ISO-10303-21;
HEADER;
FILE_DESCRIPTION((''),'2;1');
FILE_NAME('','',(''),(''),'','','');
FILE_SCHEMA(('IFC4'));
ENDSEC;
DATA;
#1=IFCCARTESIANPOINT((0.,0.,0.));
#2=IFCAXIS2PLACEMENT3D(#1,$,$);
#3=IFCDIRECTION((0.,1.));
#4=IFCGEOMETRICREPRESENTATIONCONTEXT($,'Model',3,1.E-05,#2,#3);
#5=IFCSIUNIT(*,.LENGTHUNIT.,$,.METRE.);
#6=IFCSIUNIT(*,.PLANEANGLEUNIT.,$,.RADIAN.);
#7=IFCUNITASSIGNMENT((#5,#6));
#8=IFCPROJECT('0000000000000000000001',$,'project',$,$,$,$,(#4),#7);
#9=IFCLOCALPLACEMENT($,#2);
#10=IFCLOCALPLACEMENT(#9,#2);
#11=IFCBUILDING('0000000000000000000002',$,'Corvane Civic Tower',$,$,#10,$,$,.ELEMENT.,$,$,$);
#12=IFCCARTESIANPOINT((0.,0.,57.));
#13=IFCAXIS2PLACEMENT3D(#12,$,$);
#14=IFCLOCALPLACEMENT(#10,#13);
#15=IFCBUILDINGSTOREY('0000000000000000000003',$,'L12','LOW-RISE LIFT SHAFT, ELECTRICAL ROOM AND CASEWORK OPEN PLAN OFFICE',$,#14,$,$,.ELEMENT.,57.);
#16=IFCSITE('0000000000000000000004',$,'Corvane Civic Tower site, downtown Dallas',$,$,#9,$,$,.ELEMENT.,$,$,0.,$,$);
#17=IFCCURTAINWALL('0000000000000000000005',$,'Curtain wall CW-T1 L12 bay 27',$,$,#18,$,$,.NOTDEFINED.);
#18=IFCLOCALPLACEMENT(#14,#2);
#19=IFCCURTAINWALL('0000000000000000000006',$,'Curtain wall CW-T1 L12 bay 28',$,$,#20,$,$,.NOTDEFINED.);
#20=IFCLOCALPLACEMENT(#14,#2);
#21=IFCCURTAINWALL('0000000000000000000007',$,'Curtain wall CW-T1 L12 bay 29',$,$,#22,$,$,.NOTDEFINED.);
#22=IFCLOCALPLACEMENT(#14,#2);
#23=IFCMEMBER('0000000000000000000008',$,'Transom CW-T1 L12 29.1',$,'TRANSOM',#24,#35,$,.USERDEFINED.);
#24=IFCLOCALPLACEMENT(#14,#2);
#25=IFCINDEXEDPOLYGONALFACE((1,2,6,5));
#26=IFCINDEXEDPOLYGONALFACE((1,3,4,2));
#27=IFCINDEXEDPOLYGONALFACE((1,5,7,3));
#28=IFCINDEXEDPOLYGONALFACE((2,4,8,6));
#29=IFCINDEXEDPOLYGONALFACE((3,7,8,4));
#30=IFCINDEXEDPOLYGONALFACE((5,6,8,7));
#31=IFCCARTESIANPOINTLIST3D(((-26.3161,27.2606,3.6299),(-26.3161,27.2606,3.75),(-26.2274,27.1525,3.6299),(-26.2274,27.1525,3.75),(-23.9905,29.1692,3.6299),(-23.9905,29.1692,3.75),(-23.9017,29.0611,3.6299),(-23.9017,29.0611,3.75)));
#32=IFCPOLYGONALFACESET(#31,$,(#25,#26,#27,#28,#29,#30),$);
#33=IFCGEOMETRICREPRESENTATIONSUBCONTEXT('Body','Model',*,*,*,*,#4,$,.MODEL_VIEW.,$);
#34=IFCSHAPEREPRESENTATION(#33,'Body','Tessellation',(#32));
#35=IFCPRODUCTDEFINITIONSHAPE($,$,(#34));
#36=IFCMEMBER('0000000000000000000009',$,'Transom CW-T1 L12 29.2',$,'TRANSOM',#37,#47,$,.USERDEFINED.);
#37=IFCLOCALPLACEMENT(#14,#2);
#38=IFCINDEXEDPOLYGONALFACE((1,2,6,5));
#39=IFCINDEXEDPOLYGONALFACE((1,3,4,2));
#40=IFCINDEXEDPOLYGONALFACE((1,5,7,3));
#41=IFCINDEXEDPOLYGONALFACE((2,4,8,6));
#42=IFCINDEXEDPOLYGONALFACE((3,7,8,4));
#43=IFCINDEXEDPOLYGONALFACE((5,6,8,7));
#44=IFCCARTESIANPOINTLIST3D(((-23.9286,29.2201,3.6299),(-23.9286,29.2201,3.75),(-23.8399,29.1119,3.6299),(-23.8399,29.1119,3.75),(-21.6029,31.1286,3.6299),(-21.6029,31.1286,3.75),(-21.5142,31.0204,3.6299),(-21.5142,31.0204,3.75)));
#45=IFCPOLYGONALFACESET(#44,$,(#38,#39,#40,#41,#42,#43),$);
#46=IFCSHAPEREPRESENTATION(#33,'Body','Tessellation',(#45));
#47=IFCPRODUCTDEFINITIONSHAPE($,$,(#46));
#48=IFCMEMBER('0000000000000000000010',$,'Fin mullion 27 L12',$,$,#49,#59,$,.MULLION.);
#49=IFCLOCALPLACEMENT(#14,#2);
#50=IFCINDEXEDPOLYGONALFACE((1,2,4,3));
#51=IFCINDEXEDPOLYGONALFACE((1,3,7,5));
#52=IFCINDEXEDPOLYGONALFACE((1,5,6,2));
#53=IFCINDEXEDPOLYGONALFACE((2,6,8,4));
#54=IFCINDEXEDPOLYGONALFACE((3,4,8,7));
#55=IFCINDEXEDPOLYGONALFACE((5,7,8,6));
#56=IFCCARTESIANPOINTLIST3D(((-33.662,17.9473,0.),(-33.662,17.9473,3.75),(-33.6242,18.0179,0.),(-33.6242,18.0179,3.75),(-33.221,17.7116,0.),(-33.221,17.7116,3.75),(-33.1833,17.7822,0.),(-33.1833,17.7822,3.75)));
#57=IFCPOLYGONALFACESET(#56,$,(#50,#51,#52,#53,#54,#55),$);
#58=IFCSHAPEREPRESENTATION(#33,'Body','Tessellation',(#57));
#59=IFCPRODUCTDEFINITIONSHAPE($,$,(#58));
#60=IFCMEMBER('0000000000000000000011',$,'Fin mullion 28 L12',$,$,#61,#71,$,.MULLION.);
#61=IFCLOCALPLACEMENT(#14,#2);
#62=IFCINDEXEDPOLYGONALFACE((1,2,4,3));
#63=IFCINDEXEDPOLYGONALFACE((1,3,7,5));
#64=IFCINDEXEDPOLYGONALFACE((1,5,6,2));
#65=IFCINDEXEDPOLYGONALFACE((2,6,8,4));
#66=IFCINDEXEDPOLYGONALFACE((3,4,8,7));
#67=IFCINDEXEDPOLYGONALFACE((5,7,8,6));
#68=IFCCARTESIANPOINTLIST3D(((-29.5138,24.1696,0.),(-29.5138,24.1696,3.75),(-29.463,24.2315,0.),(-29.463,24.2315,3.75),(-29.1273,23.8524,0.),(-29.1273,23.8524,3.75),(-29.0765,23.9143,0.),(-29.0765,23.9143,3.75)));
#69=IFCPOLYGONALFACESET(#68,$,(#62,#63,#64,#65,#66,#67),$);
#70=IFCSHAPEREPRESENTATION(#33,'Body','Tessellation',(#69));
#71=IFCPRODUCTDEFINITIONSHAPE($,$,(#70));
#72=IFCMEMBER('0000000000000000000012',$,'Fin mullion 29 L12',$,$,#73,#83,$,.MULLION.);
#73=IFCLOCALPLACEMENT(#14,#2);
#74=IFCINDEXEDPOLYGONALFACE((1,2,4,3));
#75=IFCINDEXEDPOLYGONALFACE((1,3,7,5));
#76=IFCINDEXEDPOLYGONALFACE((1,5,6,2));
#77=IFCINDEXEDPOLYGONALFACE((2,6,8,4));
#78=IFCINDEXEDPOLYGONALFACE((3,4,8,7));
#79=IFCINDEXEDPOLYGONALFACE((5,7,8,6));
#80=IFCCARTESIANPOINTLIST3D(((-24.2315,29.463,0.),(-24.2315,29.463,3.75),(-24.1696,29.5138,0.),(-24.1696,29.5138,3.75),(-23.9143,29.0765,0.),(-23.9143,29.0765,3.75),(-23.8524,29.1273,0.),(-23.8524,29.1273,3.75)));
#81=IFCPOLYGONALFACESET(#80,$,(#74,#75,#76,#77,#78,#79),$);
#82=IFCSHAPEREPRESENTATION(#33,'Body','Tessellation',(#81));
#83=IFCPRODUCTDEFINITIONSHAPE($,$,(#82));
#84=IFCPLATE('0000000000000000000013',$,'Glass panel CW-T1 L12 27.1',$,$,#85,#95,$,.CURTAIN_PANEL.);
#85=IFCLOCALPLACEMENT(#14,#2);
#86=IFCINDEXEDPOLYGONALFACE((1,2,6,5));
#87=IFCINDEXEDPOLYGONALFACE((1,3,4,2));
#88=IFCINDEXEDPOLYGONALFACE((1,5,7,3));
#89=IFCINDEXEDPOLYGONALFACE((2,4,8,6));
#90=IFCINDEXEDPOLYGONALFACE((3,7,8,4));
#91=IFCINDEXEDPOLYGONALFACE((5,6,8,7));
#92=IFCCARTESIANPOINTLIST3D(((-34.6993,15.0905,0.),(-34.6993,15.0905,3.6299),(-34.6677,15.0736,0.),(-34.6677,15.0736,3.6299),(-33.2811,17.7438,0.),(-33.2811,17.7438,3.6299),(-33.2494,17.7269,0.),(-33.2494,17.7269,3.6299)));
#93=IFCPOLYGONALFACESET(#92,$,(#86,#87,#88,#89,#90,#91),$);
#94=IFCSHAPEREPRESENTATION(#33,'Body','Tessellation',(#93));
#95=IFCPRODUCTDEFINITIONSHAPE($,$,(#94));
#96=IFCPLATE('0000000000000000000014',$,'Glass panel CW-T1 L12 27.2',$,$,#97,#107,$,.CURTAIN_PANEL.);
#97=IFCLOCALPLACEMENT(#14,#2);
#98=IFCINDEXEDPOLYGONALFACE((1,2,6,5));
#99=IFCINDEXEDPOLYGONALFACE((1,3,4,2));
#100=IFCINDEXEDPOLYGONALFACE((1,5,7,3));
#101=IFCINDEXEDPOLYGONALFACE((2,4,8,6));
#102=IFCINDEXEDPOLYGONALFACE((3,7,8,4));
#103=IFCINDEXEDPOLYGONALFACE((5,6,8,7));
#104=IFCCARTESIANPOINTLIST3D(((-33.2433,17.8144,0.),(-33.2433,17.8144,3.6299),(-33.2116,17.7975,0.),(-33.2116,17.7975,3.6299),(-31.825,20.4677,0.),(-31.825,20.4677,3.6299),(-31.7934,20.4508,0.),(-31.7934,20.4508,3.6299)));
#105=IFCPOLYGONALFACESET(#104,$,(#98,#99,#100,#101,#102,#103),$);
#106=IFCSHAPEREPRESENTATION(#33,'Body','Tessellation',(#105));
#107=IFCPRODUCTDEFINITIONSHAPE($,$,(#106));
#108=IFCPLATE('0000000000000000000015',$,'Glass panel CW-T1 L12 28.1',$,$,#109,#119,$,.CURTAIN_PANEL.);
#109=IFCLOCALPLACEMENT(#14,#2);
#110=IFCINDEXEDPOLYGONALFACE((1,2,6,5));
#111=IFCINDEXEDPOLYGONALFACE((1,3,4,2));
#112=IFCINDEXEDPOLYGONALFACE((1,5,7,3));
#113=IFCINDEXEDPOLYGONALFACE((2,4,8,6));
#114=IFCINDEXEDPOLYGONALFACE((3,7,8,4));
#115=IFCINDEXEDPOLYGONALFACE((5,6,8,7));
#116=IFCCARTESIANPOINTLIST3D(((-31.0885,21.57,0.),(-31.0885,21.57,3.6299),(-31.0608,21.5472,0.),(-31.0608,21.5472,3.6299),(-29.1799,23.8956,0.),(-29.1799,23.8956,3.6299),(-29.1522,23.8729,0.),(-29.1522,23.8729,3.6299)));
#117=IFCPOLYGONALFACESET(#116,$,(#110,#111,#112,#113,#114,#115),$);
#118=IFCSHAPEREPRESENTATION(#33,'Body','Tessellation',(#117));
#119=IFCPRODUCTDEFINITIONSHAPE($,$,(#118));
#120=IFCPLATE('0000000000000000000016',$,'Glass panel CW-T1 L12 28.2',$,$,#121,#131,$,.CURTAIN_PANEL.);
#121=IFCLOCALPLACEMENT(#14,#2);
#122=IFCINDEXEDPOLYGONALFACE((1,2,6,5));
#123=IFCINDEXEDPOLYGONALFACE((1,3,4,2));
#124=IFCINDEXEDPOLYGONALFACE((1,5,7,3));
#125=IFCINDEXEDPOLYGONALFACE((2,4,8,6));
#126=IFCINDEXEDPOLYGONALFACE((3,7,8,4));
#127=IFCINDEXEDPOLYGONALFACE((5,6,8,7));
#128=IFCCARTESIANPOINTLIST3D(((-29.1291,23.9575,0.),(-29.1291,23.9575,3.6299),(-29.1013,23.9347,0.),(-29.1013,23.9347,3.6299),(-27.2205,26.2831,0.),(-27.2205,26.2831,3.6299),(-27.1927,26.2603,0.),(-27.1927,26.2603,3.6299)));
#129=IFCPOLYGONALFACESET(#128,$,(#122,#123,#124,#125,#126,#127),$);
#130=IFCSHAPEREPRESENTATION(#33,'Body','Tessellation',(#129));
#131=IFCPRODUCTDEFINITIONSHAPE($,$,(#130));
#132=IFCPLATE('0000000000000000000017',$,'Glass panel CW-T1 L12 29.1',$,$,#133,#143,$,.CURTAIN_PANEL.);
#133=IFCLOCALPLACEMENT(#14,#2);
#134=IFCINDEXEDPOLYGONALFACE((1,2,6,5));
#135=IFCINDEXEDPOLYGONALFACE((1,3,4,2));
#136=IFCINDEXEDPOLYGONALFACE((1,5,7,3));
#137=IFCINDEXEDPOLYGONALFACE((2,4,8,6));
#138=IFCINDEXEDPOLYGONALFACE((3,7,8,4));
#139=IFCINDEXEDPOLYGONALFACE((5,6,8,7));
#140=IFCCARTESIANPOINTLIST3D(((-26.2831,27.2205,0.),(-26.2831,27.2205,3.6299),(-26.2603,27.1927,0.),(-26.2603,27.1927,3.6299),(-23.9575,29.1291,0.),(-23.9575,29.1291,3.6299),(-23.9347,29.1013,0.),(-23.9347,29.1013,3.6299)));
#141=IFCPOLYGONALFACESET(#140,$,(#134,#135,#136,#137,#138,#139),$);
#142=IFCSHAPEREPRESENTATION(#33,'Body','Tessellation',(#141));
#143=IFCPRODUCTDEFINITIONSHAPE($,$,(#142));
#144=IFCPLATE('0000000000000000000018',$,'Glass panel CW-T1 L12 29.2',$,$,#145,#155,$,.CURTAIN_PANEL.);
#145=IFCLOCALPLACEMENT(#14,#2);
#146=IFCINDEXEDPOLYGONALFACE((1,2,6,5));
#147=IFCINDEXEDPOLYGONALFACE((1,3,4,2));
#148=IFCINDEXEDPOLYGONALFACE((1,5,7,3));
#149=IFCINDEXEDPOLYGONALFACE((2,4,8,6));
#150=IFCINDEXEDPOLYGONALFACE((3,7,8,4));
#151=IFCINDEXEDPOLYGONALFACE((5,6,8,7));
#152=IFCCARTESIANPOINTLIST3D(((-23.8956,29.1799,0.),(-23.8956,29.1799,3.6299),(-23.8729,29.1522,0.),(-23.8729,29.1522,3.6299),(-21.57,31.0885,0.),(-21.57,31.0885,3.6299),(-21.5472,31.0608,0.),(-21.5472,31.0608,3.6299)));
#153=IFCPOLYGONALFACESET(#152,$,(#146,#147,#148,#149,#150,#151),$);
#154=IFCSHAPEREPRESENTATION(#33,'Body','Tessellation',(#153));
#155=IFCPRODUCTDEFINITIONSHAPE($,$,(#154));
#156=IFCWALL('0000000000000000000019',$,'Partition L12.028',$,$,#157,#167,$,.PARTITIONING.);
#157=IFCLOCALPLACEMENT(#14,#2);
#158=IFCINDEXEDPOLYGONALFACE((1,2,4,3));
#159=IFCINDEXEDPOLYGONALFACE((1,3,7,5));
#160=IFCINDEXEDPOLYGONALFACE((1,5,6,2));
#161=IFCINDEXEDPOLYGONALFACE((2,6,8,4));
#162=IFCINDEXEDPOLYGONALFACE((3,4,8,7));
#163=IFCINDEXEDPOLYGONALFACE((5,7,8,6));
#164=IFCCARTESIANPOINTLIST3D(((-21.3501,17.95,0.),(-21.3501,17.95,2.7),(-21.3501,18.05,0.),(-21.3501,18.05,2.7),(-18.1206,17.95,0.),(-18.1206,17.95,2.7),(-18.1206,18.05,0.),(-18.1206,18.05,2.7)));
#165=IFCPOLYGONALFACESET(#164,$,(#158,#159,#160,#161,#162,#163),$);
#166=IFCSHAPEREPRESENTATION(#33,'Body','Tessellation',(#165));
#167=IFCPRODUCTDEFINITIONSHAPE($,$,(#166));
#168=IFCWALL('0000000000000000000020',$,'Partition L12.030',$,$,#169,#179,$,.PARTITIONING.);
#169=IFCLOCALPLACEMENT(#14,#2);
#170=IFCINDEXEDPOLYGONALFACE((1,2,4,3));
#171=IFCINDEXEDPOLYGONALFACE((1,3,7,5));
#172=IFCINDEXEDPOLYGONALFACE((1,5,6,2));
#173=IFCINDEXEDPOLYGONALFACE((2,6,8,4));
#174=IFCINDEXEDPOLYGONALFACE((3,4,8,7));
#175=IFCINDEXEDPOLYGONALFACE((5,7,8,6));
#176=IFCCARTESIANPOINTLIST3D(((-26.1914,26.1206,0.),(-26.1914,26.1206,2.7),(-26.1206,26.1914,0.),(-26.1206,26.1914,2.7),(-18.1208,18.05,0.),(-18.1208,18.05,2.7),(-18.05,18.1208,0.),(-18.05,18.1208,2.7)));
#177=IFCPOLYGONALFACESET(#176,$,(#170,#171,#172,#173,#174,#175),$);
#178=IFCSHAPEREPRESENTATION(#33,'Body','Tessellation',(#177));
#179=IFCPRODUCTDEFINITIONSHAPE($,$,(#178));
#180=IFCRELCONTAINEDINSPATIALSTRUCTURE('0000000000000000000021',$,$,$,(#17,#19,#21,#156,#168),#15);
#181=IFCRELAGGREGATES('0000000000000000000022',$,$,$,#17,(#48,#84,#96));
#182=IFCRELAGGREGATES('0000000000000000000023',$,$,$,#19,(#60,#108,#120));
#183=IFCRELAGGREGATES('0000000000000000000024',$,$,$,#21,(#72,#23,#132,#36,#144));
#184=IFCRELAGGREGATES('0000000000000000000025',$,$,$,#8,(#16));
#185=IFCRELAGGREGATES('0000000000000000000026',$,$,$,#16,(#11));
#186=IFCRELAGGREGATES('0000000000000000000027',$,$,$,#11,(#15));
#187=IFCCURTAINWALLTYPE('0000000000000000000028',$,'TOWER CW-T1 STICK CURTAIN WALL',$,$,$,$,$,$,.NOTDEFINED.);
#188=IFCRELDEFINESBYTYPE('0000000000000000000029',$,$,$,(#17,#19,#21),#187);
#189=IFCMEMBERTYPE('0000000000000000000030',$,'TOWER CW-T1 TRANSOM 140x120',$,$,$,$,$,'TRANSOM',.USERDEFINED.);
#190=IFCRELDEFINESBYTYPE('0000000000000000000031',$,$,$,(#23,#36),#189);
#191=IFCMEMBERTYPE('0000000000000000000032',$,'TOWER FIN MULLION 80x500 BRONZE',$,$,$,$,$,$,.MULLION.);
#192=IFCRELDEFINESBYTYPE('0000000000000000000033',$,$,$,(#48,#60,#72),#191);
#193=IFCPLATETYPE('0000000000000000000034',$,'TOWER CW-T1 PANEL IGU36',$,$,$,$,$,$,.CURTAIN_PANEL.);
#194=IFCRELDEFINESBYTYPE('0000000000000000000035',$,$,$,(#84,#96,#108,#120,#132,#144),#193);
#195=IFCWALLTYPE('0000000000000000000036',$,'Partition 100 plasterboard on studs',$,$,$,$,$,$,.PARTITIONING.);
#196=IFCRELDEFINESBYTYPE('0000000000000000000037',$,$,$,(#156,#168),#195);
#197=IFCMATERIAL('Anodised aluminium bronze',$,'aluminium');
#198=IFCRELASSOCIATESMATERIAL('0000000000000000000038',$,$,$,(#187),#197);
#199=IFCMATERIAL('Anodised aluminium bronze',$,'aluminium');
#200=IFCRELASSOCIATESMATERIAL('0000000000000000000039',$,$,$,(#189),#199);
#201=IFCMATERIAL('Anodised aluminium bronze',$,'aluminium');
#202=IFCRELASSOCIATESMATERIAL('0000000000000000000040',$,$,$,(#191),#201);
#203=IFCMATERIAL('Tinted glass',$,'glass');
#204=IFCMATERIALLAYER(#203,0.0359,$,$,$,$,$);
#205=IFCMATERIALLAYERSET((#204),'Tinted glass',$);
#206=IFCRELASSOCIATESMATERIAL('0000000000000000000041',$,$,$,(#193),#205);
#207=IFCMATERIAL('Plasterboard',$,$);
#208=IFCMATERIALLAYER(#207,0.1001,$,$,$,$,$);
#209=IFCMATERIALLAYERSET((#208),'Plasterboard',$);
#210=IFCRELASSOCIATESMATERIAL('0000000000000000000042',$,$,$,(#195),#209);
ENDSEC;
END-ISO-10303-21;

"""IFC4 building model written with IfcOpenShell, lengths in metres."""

from ifc_helpers import new_model, si_unit, direction, frame, frame_2d, origin, origin_2d, place, context, subcontext, project, spatial, rectangle, extrude, material, layer, layer_set, material_profile, profile_set, type_object, element, aggregate, save


model = new_model("IFC4")

# Units and contexts
model_context = context("Model", 3, precision=1e-05, world=origin(), true_north=direction((0.0, 1.0)))
body_context = subcontext(model_context, "Body", "Model", "MODEL_VIEW")
ifc_project = project(units=[si_unit("LENGTHUNIT", "METRE"), si_unit("PLANEANGLEUNIT", "RADIAN")], contexts=[model_context])

# Site, building, storey
site_placement = place(None, origin())
site = spatial("IfcSite", under=ifc_project, at=site_placement, Name="Corvane Civic Tower site, downtown Dallas", CompositionType="ELEMENT", RefElevation=0.0)
building_placement = place(site_placement, origin())
building = spatial("IfcBuilding", under=site, at=building_placement, Name="Corvane Civic Tower", CompositionType="ELEMENT")
storey_placement = place(building_placement, frame((0.0, 0.0, 57.0)))
storey = spatial("IfcBuildingStorey", under=building, at=storey_placement, Name="L12", Description="LOW-RISE LIFT SHAFT, ELECTRICAL ROOM AND CASEWORK OPEN PLAN OFFICE", CompositionType="ELEMENT", Elevation=57.0)

# Curtain walls, members
ifc_material_1 = material(Name="Anodised aluminium bronze", Category="aluminium")
curtain_wall_type = type_object("IfcCurtainWallType", Name="TOWER CW-T1 STICK CURTAIN WALL", PredefinedType="NOTDEFINED", material=ifc_material_1)
curtain_wall_1_placement = place(storey_placement, origin())
curtain_wall_1 = element("IfcCurtainWall", 1, at=curtain_wall_1_placement, inside=storey, type_object=curtain_wall_type, Name="Curtain wall CW-T1 L12 bay 27", PredefinedType="NOTDEFINED")
ifc_material_2 = material(Name="Anodised aluminium bronze", Category="aluminium")
ifc_material_profile_1 = material_profile(ifc_material_2, rectangle(XDim=0.1399, YDim=0.1201, at=origin_2d()), Name="TOWER CW-T1 TRANSOM 140x120")
ifc_profile_set_1 = profile_set([ifc_material_profile_1], Name="Anodised aluminium bronze")
member_type_1 = type_object("IfcMemberType", Name="TOWER CW-T1 TRANSOM 140x120", ElementType="TRANSOM", PredefinedType="USERDEFINED", material=ifc_profile_set_1)
curtain_wall_2_placement = place(storey_placement, origin())
curtain_wall_2 = element("IfcCurtainWall", 2, at=curtain_wall_2_placement, inside=storey, type_object=curtain_wall_type, Name="Curtain wall CW-T1 L12 bay 28", PredefinedType="NOTDEFINED")
curtain_wall_3_placement = place(storey_placement, origin())
curtain_wall_3 = element("IfcCurtainWall", 3, at=curtain_wall_3_placement, inside=storey, type_object=curtain_wall_type, Name="Curtain wall CW-T1 L12 bay 29", PredefinedType="NOTDEFINED")
member_1_placement = place(storey_placement, frame((-26.2717, 27.2065, 3.6899), z_axis=(0.773002, 0.634404, 0.0), x_axis=(-0.634404, 0.773002, 0.0)))
member_1 = element("IfcMember", 4, at=member_1_placement, type_object=member_type_1, Name="Transom CW-T1 L12 29.1", ObjectType="TRANSOM", PredefinedType="USERDEFINED", context=body_context, shape_type="SweptSolid", body=[
    extrude(rectangle(XDim=0.1399, YDim=0.1201, at=origin_2d()), origin(), (0.0, 0.0, 1.0), 3.0085),
])
member_2_placement = place(storey_placement, frame((-23.8843, 29.166, 3.6899), z_axis=(0.773042, 0.634355, 0.0), x_axis=(-0.634355, 0.773042, 0.0)))
member_2 = element("IfcMember", 5, at=member_2_placement, type_object=member_type_1, Name="Transom CW-T1 L12 29.2", ObjectType="TRANSOM", PredefinedType="USERDEFINED", context=body_context, shape_type="SweptSolid", body=[
    extrude(rectangle(XDim=0.1399, YDim=0.1201, at=origin_2d()), origin(), (0.0, 0.0, 1.0), 3.0085),
])

# Members
ifc_material_3 = material(Name="Anodised aluminium bronze", Category="aluminium")
ifc_material_profile_2 = material_profile(ifc_material_3, rectangle(XDim=0.0801, YDim=0.5, at=origin_2d()), Name="TOWER FIN MULLION 80x500 BRONZE")
ifc_profile_set_2 = profile_set([ifc_material_profile_2], Name="Anodised aluminium bronze")
member_type_2 = type_object("IfcMemberType", Name="TOWER FIN MULLION 80x500 BRONZE", PredefinedType="MULLION", material=ifc_profile_set_2)
member_3_placement = place(storey_placement, frame((-33.4226, 17.8647, 0.0), z_axis=(0.0, 0.0, 1.0), x_axis=(0.471404, 0.881918, 0.0)))
member_3 = element("IfcMember", 6, at=member_3_placement, type_object=member_type_2, Name="Fin mullion 27 L12", PredefinedType="MULLION", context=body_context, shape_type="SweptSolid", body=[
    extrude(rectangle(XDim=0.0801, YDim=0.5, at=origin_2d()), origin(), (0.0, 0.0, 1.0), 3.75),
])
member_4_placement = place(storey_placement, frame((-29.2952, 24.042, 0.0), z_axis=(0.0, 0.0, 1.0), x_axis=(0.634397, 0.773007, 0.0)))
member_4 = element("IfcMember", 7, at=member_4_placement, type_object=member_type_2, Name="Fin mullion 28 L12", PredefinedType="MULLION", context=body_context, shape_type="SweptSolid", body=[
    extrude(rectangle(XDim=0.0801, YDim=0.5, at=origin_2d()), origin(), (0.0, 0.0, 1.0), 3.75),
])
member_5_placement = place(storey_placement, frame((-24.042, 29.2952, 0.0), z_axis=(0.0, 0.0, 1.0), x_axis=(0.773007, 0.634397, 0.0)))
member_5 = element("IfcMember", 8, at=member_5_placement, type_object=member_type_2, Name="Fin mullion 29 L12", PredefinedType="MULLION", context=body_context, shape_type="SweptSolid", body=[
    extrude(rectangle(XDim=0.0801, YDim=0.5, at=origin_2d()), origin(), (0.0, 0.0, 1.0), 3.75),
])

# Plates
ifc_material_4 = material(Name="Tinted glass", Category="glass")
ifc_layer_1 = layer(ifc_material_4, 0.0359)
ifc_layer_set_1 = layer_set([ifc_layer_1], Name="Tinted glass")
plate_type = type_object("IfcPlateType", Name="TOWER CW-T1 PANEL IGU36", PredefinedType="CURTAIN_PANEL", material=ifc_layer_set_1)
plate_1_placement = place(storey_placement, frame((-33.9744, 16.4087, 0.0), z_axis=(0.0, 0.0, 1.0), x_axis=(0.471404, 0.881918, 0.0)))
plate_1 = element("IfcPlate", 9, at=plate_1_placement, type_object=plate_type, Name="Glass panel CW-T1 L12 27.1", PredefinedType="CURTAIN_PANEL", context=body_context, shape_type="SweptSolid", body=[
    extrude(rectangle(XDim=3.0085, YDim=0.0359, at=origin_2d()), origin(), (0.0, 0.0, 1.0), 3.6299),
])
plate_2_placement = place(storey_placement, frame((-32.5183, 19.1326, 0.0), z_axis=(0.0, 0.0, 1.0), x_axis=(0.471404, 0.881918, 0.0)))
plate_2 = element("IfcPlate", 10, at=plate_2_placement, type_object=plate_type, Name="Glass panel CW-T1 L12 27.2", PredefinedType="CURTAIN_PANEL", context=body_context, shape_type="SweptSolid", body=[
    extrude(rectangle(XDim=3.0085, YDim=0.0359, at=origin_2d()), origin(), (0.0, 0.0, 1.0), 3.6299),
])
aggregate(curtain_wall_1, [member_3, plate_1, plate_2])
plate_3_placement = place(storey_placement, frame((-30.1204, 22.7214, 0.0), z_axis=(0.0, 0.0, 1.0), x_axis=(0.634397, 0.773007, 0.0)))
plate_3 = element("IfcPlate", 11, at=plate_3_placement, type_object=plate_type, Name="Glass panel CW-T1 L12 28.1", PredefinedType="CURTAIN_PANEL", context=body_context, shape_type="SweptSolid", body=[
    extrude(rectangle(XDim=3.0085, YDim=0.0359, at=origin_2d()), origin(), (0.0, 0.0, 1.0), 3.6299),
])
plate_4_placement = place(storey_placement, frame((-28.1609, 25.1089, 0.0), z_axis=(0.0, 0.0, 1.0), x_axis=(0.634397, 0.773007, 0.0)))
plate_4 = element("IfcPlate", 12, at=plate_4_placement, type_object=plate_type, Name="Glass panel CW-T1 L12 28.2", PredefinedType="CURTAIN_PANEL", context=body_context, shape_type="SweptSolid", body=[
    extrude(rectangle(XDim=3.0085, YDim=0.0359, at=origin_2d()), origin(), (0.0, 0.0, 1.0), 3.6299),
])
aggregate(curtain_wall_2, [member_4, plate_3, plate_4])
plate_5_placement = place(storey_placement, frame((-25.1089, 28.1609, 0.0), z_axis=(0.0, 0.0, 1.0), x_axis=(0.773007, 0.634397, 0.0)))
plate_5 = element("IfcPlate", 13, at=plate_5_placement, type_object=plate_type, Name="Glass panel CW-T1 L12 29.1", PredefinedType="CURTAIN_PANEL", context=body_context, shape_type="SweptSolid", body=[
    extrude(rectangle(XDim=3.0085, YDim=0.0359, at=origin_2d()), origin(), (0.0, 0.0, 1.0), 3.6299),
])
plate_6_placement = place(storey_placement, frame((-22.7214, 30.1204, 0.0), z_axis=(0.0, 0.0, 1.0), x_axis=(0.773007, 0.634397, 0.0)))
plate_6 = element("IfcPlate", 14, at=plate_6_placement, type_object=plate_type, Name="Glass panel CW-T1 L12 29.2", PredefinedType="CURTAIN_PANEL", context=body_context, shape_type="SweptSolid", body=[
    extrude(rectangle(XDim=3.0085, YDim=0.0359, at=origin_2d()), origin(), (0.0, 0.0, 1.0), 3.6299),
])
aggregate(curtain_wall_3, [member_5, member_1, plate_5, member_2, plate_6])

# Walls
ifc_material_5 = material(Name="Plasterboard")
ifc_layer_2 = layer(ifc_material_5, 0.1001)
ifc_layer_set_2 = layer_set([ifc_layer_2], Name="Plasterboard")
wall_type = type_object("IfcWallType", Name="Partition 100 plasterboard on studs", PredefinedType="PARTITIONING", material=ifc_layer_set_2)
wall_1_placement = place(storey_placement, frame((-21.3501, 18.0, 0.0), z_axis=(0.0, 0.0, 1.0), x_axis=(1.0, 0.0, 0.0)))
element("IfcWall", 15, at=wall_1_placement, inside=storey, type_object=wall_type, Name="Partition L12.028", PredefinedType="PARTITIONING", context=body_context, shape_type="SweptSolid", body=[
    extrude(rectangle(XDim=3.2295, YDim=0.1001, at=frame_2d((1.6147, 0.0))), origin(), (0.0, 0.0, 1.0), 2.7),
])
wall_2_placement = place(storey_placement, frame((-26.156, 26.156, 0.0), z_axis=(0.0, 0.0, 1.0), x_axis=(0.707107, -0.707107, 0.0)))
element("IfcWall", 16, at=wall_2_placement, inside=storey, type_object=wall_type, Name="Partition L12.030", PredefinedType="PARTITIONING", context=body_context, shape_type="SweptSolid", body=[
    extrude(rectangle(XDim=11.4136, YDim=0.1001, at=frame_2d((5.7068, 0.0))), origin(), (0.0, 0.0, 1.0), 2.7),
])

save(model, "model.ifc")
